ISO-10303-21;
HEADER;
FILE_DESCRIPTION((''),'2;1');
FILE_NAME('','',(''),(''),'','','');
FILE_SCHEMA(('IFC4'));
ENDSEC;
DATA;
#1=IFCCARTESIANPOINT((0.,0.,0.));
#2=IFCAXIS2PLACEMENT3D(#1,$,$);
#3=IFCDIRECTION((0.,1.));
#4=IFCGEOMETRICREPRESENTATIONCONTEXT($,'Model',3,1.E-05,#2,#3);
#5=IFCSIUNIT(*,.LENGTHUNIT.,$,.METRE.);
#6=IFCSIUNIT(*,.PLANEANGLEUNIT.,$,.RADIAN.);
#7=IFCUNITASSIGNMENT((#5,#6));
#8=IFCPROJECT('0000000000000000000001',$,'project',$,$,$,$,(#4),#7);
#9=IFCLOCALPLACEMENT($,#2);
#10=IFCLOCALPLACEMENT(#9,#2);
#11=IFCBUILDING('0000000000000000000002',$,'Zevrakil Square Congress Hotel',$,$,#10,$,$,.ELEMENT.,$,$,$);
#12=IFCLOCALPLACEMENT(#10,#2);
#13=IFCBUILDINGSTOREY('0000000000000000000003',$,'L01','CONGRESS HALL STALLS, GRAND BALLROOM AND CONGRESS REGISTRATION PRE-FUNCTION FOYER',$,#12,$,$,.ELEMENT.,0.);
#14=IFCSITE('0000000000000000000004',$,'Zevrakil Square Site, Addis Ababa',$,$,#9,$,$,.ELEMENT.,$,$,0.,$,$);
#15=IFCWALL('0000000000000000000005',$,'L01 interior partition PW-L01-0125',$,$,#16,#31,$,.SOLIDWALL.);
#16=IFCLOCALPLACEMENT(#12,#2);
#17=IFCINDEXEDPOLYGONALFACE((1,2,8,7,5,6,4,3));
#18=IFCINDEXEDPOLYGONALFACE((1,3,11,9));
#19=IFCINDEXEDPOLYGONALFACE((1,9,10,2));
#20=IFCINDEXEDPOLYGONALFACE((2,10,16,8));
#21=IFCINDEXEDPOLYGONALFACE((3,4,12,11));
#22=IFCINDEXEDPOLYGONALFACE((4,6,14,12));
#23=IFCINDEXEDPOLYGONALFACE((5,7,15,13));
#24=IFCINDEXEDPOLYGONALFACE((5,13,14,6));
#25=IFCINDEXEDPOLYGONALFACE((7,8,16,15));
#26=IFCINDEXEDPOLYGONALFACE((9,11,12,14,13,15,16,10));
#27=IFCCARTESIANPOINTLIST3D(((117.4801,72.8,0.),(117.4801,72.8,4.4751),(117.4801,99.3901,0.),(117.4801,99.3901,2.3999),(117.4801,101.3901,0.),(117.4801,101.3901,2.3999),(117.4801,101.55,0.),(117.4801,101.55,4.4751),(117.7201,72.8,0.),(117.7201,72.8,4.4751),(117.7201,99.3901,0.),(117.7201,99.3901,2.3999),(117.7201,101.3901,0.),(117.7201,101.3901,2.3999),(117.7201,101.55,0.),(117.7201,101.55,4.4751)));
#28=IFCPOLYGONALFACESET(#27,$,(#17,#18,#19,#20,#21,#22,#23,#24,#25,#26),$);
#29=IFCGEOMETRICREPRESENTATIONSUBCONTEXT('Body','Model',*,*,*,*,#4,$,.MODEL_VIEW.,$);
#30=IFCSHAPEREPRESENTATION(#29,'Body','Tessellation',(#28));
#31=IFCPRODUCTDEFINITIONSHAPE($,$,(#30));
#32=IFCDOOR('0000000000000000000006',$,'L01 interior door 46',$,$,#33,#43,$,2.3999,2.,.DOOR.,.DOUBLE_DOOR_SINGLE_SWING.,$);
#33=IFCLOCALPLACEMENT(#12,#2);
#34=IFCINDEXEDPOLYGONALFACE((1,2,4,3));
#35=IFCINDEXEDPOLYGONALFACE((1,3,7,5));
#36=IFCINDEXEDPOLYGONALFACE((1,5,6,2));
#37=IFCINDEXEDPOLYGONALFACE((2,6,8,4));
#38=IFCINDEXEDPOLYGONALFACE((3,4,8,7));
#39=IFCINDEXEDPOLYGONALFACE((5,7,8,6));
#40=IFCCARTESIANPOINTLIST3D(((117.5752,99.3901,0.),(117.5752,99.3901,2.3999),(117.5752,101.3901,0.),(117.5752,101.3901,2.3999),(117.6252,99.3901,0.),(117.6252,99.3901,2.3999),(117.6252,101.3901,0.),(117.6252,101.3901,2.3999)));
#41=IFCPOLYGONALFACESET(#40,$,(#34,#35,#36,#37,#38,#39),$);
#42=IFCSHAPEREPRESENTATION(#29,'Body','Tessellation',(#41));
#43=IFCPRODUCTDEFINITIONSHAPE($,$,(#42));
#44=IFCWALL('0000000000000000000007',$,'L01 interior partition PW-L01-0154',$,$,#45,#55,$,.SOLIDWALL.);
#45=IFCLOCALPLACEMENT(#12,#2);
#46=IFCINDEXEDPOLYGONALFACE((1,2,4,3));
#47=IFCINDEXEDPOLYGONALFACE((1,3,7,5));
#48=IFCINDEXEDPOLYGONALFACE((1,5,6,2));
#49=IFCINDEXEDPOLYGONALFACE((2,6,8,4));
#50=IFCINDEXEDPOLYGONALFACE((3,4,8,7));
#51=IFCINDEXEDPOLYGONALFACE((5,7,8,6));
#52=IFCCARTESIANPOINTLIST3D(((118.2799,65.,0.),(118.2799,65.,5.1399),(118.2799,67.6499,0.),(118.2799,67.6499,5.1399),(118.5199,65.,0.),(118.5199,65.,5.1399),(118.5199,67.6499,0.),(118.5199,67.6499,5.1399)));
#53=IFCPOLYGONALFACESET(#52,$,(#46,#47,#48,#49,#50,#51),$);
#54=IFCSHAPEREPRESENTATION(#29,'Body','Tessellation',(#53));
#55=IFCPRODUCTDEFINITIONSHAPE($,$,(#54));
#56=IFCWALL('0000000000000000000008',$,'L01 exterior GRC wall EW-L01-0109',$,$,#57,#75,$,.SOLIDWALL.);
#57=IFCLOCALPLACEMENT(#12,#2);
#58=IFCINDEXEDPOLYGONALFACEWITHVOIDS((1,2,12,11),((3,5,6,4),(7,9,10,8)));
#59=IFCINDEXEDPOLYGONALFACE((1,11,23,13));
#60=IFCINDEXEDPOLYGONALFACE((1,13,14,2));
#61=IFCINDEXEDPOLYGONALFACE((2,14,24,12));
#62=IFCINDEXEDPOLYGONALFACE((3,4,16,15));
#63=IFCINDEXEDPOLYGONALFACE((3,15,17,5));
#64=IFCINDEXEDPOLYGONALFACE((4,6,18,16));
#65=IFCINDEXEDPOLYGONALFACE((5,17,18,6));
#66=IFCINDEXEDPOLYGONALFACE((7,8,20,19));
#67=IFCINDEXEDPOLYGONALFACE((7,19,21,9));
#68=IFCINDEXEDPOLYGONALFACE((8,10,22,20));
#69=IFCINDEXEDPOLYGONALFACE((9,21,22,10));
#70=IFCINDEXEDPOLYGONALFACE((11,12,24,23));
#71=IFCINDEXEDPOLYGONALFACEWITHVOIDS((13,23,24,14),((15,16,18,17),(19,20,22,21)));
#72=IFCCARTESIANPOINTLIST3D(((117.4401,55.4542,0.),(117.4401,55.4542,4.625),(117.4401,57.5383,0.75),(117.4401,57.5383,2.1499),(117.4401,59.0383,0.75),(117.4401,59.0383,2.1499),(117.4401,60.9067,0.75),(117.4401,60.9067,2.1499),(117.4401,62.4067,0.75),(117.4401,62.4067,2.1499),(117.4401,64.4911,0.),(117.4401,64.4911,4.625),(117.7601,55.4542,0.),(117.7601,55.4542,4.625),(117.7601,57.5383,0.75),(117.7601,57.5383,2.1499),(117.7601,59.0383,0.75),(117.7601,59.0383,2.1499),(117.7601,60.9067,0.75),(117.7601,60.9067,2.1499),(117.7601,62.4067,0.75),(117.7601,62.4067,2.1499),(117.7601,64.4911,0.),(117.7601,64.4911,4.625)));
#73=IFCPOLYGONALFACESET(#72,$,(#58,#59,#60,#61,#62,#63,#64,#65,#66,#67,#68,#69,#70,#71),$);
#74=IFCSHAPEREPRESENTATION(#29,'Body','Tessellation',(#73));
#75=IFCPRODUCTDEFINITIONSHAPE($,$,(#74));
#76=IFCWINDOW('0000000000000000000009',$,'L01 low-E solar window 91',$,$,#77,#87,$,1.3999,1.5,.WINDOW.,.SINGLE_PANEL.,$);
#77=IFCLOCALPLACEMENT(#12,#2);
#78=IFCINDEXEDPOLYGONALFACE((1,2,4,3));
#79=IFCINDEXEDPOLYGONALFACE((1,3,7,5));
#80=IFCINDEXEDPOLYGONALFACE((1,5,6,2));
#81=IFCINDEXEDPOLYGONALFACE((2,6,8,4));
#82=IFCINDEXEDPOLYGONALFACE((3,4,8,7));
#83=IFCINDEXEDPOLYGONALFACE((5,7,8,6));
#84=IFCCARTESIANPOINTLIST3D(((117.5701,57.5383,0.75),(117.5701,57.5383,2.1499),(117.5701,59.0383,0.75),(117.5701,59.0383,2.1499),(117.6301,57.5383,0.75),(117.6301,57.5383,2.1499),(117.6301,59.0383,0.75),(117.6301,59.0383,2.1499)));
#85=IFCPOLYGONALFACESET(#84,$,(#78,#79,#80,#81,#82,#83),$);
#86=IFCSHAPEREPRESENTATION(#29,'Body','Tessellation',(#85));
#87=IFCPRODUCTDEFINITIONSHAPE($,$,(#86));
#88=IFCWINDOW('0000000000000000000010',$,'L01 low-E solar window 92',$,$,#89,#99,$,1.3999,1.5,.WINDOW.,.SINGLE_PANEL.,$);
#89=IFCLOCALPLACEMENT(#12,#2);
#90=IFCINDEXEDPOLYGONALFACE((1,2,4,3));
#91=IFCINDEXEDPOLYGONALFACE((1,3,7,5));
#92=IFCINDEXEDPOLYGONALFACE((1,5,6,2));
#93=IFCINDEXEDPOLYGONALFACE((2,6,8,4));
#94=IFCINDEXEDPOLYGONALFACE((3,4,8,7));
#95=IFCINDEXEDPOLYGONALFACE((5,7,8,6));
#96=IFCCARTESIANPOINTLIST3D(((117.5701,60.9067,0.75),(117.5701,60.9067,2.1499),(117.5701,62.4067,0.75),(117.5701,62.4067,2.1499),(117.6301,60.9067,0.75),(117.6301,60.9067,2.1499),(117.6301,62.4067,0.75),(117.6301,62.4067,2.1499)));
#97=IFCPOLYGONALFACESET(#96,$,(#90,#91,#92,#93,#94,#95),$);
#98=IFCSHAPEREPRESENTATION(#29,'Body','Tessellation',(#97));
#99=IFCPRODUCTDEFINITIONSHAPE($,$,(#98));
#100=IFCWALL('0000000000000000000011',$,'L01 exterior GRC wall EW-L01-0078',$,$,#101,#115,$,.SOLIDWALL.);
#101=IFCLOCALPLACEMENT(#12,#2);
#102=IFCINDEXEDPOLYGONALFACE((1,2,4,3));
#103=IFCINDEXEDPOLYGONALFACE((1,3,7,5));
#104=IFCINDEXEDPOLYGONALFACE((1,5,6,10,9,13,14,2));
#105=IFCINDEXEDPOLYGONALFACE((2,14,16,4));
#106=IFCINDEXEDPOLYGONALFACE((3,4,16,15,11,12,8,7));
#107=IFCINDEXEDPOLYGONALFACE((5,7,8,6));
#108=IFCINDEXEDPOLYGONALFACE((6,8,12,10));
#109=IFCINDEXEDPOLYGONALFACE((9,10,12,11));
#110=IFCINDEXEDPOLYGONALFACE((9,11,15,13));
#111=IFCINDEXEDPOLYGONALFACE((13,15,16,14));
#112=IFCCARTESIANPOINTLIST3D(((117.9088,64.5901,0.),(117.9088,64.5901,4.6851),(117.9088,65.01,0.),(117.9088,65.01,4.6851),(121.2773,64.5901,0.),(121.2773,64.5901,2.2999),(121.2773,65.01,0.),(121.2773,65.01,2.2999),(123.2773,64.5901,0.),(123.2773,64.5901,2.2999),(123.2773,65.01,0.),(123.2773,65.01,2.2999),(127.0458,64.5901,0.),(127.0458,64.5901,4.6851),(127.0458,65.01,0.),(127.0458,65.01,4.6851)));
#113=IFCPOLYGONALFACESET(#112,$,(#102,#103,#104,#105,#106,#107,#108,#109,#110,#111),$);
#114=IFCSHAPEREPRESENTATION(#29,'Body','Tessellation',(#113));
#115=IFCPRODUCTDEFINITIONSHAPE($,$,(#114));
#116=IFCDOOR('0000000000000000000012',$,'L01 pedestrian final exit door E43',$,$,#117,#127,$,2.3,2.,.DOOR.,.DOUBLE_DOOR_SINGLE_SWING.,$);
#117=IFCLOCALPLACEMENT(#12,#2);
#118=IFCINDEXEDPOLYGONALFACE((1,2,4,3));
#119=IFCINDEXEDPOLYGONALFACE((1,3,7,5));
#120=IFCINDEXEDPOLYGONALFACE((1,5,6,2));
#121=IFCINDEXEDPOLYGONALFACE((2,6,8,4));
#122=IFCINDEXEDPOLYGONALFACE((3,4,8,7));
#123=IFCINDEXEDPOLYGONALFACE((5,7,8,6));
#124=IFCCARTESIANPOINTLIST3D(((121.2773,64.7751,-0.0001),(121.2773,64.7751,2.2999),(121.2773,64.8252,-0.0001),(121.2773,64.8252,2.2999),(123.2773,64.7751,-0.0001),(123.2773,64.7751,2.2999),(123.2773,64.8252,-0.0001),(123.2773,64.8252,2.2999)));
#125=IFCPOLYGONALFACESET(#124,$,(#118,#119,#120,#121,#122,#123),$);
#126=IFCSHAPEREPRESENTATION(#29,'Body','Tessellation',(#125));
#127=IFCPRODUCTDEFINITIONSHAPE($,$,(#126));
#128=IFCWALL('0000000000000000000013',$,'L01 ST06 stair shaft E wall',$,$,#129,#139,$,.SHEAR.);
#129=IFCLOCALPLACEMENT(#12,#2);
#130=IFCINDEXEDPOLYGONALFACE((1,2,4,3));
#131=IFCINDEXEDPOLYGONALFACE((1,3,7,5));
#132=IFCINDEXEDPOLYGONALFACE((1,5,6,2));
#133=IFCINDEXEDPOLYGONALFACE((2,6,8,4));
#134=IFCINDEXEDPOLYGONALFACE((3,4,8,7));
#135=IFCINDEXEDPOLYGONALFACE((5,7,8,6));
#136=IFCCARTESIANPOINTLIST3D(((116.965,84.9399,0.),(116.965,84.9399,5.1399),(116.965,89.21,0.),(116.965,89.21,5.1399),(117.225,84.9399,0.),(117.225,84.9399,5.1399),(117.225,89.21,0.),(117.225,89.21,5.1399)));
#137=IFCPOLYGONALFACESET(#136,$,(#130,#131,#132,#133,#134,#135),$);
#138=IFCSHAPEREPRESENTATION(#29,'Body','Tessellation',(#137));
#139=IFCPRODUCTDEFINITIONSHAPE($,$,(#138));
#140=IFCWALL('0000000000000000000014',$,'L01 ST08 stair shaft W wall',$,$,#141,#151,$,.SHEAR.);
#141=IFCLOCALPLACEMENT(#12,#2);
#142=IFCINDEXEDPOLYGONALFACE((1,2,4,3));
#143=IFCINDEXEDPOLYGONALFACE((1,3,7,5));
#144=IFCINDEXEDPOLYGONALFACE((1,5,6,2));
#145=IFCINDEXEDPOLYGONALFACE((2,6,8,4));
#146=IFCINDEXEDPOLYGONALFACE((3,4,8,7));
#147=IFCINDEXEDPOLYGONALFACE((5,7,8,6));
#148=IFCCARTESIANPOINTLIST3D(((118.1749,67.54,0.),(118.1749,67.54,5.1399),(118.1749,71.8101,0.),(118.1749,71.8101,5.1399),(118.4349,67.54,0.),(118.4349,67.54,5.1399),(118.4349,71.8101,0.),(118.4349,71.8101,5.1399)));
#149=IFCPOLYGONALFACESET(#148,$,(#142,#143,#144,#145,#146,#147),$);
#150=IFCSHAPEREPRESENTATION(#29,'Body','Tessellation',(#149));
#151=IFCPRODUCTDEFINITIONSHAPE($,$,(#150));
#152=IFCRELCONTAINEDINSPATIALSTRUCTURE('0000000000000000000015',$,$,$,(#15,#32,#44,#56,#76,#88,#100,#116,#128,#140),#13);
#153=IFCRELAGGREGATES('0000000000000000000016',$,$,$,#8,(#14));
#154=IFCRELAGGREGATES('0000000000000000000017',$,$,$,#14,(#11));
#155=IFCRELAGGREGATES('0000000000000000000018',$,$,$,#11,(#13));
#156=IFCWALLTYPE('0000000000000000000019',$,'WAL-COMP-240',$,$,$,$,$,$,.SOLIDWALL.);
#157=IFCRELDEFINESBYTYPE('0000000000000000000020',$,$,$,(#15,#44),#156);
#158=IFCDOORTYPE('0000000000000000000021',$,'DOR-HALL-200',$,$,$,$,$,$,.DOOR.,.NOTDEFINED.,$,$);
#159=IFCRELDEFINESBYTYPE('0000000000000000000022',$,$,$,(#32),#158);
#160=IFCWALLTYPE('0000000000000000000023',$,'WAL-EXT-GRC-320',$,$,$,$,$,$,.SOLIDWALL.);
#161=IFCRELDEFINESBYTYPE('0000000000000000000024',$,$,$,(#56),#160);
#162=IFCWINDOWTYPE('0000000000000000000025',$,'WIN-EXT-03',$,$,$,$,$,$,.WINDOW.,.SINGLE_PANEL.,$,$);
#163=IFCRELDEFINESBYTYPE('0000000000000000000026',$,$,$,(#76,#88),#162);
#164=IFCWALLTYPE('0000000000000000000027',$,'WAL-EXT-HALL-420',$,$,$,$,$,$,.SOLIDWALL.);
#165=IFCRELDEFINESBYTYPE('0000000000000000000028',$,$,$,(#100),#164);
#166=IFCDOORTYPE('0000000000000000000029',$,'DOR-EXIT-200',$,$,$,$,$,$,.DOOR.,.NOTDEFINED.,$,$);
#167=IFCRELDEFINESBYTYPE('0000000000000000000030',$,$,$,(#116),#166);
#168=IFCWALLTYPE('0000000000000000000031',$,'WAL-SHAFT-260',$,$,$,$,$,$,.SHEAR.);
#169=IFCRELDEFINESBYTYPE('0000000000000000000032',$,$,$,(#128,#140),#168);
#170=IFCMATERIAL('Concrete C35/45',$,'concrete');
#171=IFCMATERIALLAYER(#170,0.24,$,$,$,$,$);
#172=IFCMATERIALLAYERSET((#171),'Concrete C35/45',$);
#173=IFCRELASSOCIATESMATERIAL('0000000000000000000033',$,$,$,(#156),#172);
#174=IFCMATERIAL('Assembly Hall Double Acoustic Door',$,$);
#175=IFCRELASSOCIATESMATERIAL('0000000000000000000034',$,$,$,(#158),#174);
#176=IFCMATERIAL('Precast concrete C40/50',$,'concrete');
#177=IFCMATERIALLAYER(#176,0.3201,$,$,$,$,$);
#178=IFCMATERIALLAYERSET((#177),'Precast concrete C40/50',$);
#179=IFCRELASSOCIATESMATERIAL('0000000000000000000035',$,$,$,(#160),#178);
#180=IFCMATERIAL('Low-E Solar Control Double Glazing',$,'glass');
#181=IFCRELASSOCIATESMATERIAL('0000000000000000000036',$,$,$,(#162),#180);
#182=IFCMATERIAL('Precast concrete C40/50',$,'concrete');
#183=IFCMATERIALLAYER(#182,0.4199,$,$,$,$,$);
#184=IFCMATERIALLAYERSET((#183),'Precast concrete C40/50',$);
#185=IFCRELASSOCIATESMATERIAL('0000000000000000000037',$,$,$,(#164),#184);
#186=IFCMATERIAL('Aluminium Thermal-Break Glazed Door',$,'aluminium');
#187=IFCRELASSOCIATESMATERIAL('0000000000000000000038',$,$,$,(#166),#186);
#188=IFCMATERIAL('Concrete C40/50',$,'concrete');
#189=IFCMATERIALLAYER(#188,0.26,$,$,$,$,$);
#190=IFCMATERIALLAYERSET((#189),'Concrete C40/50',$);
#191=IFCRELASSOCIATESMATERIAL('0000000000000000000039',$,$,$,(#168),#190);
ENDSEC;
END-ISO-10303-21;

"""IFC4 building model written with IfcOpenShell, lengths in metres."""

from ifc_helpers import new_model, si_unit, direction, frame, frame_2d, origin, place, context, subcontext, project, spatial, rectangle, extrude, material, layer, layer_set, type_object, element, fill, save


model = new_model("IFC4")

# Units and contexts
model_context = context("Model", 3, precision=1e-05, world=origin(), true_north=direction((0.0, 1.0)))
body_context = subcontext(model_context, "Body", "Model", "MODEL_VIEW")
ifc_project = project(units=[si_unit("LENGTHUNIT", "METRE"), si_unit("PLANEANGLEUNIT", "RADIAN")], contexts=[model_context])

# Site, building, storey
site_placement = place(None, origin())
site = spatial("IfcSite", under=ifc_project, at=site_placement, Name="Zevrakil Square Site, Addis Ababa", CompositionType="ELEMENT", RefElevation=0.0)
building_placement = place(site_placement, origin())
building = spatial("IfcBuilding", under=site, at=building_placement, Name="Zevrakil Square Congress Hotel", CompositionType="ELEMENT")
storey_placement = place(building_placement, origin())
storey = spatial("IfcBuildingStorey", under=building, at=storey_placement, Name="L01", Description="CONGRESS HALL STALLS, GRAND BALLROOM AND CONGRESS REGISTRATION PRE-FUNCTION FOYER", CompositionType="ELEMENT", Elevation=0.0)

# Wall, opening, door
ifc_material_1 = material(Name="Concrete C35/45", Category="concrete")
ifc_layer_1 = layer(ifc_material_1, 0.24)
ifc_layer_set_1 = layer_set([ifc_layer_1], Name="Concrete C35/45")
wall_type_1 = type_object("IfcWallType", Name="WAL-COMP-240", PredefinedType="SOLIDWALL", material=ifc_layer_set_1)
wall_1_placement = place(storey_placement, frame((117.6001, 72.8, 0.0), z_axis=(0.0, 0.0, 1.0), x_axis=(0.0, 1.0, 0.0)))
wall_1 = element("IfcWall", 1, at=wall_1_placement, inside=storey, type_object=wall_type_1, Name="L01 interior partition PW-L01-0125", PredefinedType="SOLIDWALL", context=body_context, shape_type="SweptSolid", body=[
    extrude(rectangle(XDim=28.75, YDim=0.24, at=frame_2d((14.375, 0.0))), origin(), (0.0, 0.0, 1.0), 4.4751),
])
opening_1_placement = place(wall_1_placement, frame((26.5901, 0.0, 0.0)))
opening_1 = element("IfcOpeningElement", 2, at=opening_1_placement, cuts=wall_1, PredefinedType="OPENING", context=body_context, shape_type="SweptSolid", body=[
    extrude(rectangle(XDim=2.0, YDim=2.3999, at=frame_2d((1.0, 1.2))), frame((0.0, 0.1299, 0.0), z_axis=(0.0, -1.0, 0.0), x_axis=(1.0, 0.0, 0.0)), (0.0, 0.0, 1.0), 0.26),
])
ifc_material_2 = material(Name="Assembly Hall Double Acoustic Door")
door_type_1 = type_object("IfcDoorType", Name="DOR-HALL-200", OperationType="NOTDEFINED", PredefinedType="DOOR", material=ifc_material_2)
door_1_placement = place(opening_1_placement, origin())
door_1 = element("IfcDoor", 3, at=door_1_placement, inside=storey, type_object=door_type_1, Name="L01 interior door 46", OperationType="DOUBLE_DOOR_SINGLE_SWING", OverallHeight=2.3999, OverallWidth=2.0, PredefinedType="DOOR", context=body_context, shape_type="SweptSolid", body=[
    extrude(rectangle(XDim=2.0, YDim=2.3999, at=frame_2d((1.0, 1.2))), frame((0.0, 0.0249, 0.0), z_axis=(0.0, -1.0, 0.0), x_axis=(1.0, 0.0, 0.0)), (0.0, 0.0, 1.0), 0.05),
])
fill(opening_1, door_1)

# Wall
wall_2_placement = place(storey_placement, frame((118.3999, 65.0, 0.0), z_axis=(0.0, 0.0, 1.0), x_axis=(0.0, 1.0, 0.0)))
element("IfcWall", 4, at=wall_2_placement, inside=storey, type_object=wall_type_1, Name="L01 interior partition PW-L01-0154", PredefinedType="SOLIDWALL", context=body_context, shape_type="SweptSolid", body=[
    extrude(rectangle(XDim=2.6499, YDim=0.24, at=frame_2d((1.325, 0.0))), origin(), (0.0, 0.0, 1.0), 5.1399),
])

# Wall, openings, windows
ifc_material_3 = material(Name="Precast concrete C40/50", Category="concrete")
ifc_layer_2 = layer(ifc_material_3, 0.3201)
ifc_layer_set_2 = layer_set([ifc_layer_2], Name="Precast concrete C40/50")
wall_type_2 = type_object("IfcWallType", Name="WAL-EXT-GRC-320", PredefinedType="SOLIDWALL", material=ifc_layer_set_2)
wall_3_placement = place(storey_placement, frame((117.6001, 55.4541, 0.0), z_axis=(0.0, 0.0, 1.0), x_axis=(0.0, 1.0, 0.0)))
wall_3 = element("IfcWall", 5, at=wall_3_placement, inside=storey, type_object=wall_type_2, Name="L01 exterior GRC wall EW-L01-0109", PredefinedType="SOLIDWALL", context=body_context, shape_type="SweptSolid", body=[
    extrude(rectangle(XDim=9.0369, YDim=0.3201, at=frame_2d((4.5186, 0.0))), origin(), (0.0, 0.0, 1.0), 4.625),
])
opening_2_placement = place(wall_3_placement, frame((2.0842, 0.0, 0.75)))
opening_2 = element("IfcOpeningElement", 6, at=opening_2_placement, cuts=wall_3, PredefinedType="OPENING", context=body_context, shape_type="SweptSolid", body=[
    extrude(rectangle(XDim=1.5, YDim=1.3999, at=frame_2d((0.75, 0.7))), frame((0.0, 0.1699, 0.0), z_axis=(0.0, -1.0, 0.0), x_axis=(1.0, 0.0, 0.0)), (0.0, 0.0, 1.0), 0.3401),
])
opening_3_placement = place(wall_3_placement, frame((5.4526, 0.0, 0.75)))
opening_3 = element("IfcOpeningElement", 7, at=opening_3_placement, cuts=wall_3, PredefinedType="OPENING", context=body_context, shape_type="SweptSolid", body=[
    extrude(rectangle(XDim=1.5, YDim=1.3999, at=frame_2d((0.75, 0.7))), frame((0.0, 0.1699, 0.0), z_axis=(0.0, -1.0, 0.0), x_axis=(1.0, 0.0, 0.0)), (0.0, 0.0, 1.0), 0.3401),
])
ifc_material_4 = material(Name="Low-E Solar Control Double Glazing", Category="glass")
window_type = type_object("IfcWindowType", Name="WIN-EXT-03", PartitioningType="SINGLE_PANEL", PredefinedType="WINDOW", material=ifc_material_4)
window_1_placement = place(opening_2_placement, origin())
window_1 = element("IfcWindow", 8, at=window_1_placement, inside=storey, type_object=window_type, Name="L01 low-E solar window 91", OverallHeight=1.3999, OverallWidth=1.5, PartitioningType="SINGLE_PANEL", PredefinedType="WINDOW", context=body_context, shape_type="SweptSolid", body=[
    extrude(rectangle(XDim=1.5, YDim=1.3999, at=frame_2d((0.75, 0.7))), frame((0.0, 0.03, 0.0), z_axis=(0.0, -1.0, 0.0), x_axis=(1.0, 0.0, 0.0)), (0.0, 0.0, 1.0), 0.0601),
])
fill(opening_2, window_1)
window_2_placement = place(opening_3_placement, origin())
window_2 = element("IfcWindow", 9, at=window_2_placement, inside=storey, type_object=window_type, Name="L01 low-E solar window 92", OverallHeight=1.3999, OverallWidth=1.5, PartitioningType="SINGLE_PANEL", PredefinedType="WINDOW", context=body_context, shape_type="SweptSolid", body=[
    extrude(rectangle(XDim=1.5, YDim=1.3999, at=frame_2d((0.75, 0.7))), frame((0.0, 0.03, 0.0), z_axis=(0.0, -1.0, 0.0), x_axis=(1.0, 0.0, 0.0)), (0.0, 0.0, 1.0), 0.0601),
])
fill(opening_3, window_2)

# Wall, opening, door
ifc_material_5 = material(Name="Precast concrete C40/50", Category="concrete")
ifc_layer_3 = layer(ifc_material_5, 0.4199)
ifc_layer_set_3 = layer_set([ifc_layer_3], Name="Precast concrete C40/50")
wall_type_3 = type_object("IfcWallType", Name="WAL-EXT-HALL-420", PredefinedType="SOLIDWALL", material=ifc_layer_set_3)
wall_4_placement = place(storey_placement, frame((117.9089, 64.8, 0.0), z_axis=(0.0, 0.0, 1.0), x_axis=(1.0, 0.0, 0.0)))
wall_4 = element("IfcWall", 10, at=wall_4_placement, inside=storey, type_object=wall_type_3, Name="L01 exterior GRC wall EW-L01-0078", PredefinedType="SOLIDWALL", context=body_context, shape_type="SweptSolid", body=[
    extrude(rectangle(XDim=9.137, YDim=0.4199, at=frame_2d((4.5684, 0.0))), origin(), (0.0, 0.0, 1.0), 4.6851),
])
opening_4_placement = place(wall_4_placement, frame((3.3684, 0.0, 0.0)))
opening_4 = element("IfcOpeningElement", 11, at=opening_4_placement, cuts=wall_4, PredefinedType="OPENING", context=body_context, shape_type="SweptSolid", body=[
    extrude(rectangle(XDim=2.0, YDim=2.3, at=frame_2d((1.0, 1.1499))), frame((0.0, 0.22, 0.0), z_axis=(0.0, -1.0, 0.0), x_axis=(1.0, 0.0, 0.0)), (0.0, 0.0, 1.0), 0.4399),
])
ifc_material_6 = material(Name="Aluminium Thermal-Break Glazed Door", Category="aluminium")
door_type_2 = type_object("IfcDoorType", Name="DOR-EXIT-200", OperationType="NOTDEFINED", PredefinedType="DOOR", material=ifc_material_6)
door_2_placement = place(opening_4_placement, frame((2.0, 0.0, 0.0), z_axis=(0.0, 0.0, 1.0), x_axis=(-1.0, 0.0, 0.0)))
door_2 = element("IfcDoor", 12, at=door_2_placement, inside=storey, type_object=door_type_2, Name="L01 pedestrian final exit door E43", OperationType="DOUBLE_DOOR_SINGLE_SWING", OverallHeight=2.3, OverallWidth=2.0, PredefinedType="DOOR", context=body_context, shape_type="SweptSolid", body=[
    extrude(rectangle(XDim=2.0, YDim=2.3, at=frame_2d((1.0, 1.1499))), frame((0.0, 0.0249, 0.0), z_axis=(0.0, -1.0, 0.0), x_axis=(1.0, 0.0, 0.0)), (0.0, 0.0, 1.0), 0.05),
])
fill(opening_4, door_2)

# Walls
ifc_material_7 = material(Name="Concrete C40/50", Category="concrete")
ifc_layer_4 = layer(ifc_material_7, 0.26)
ifc_layer_set_4 = layer_set([ifc_layer_4], Name="Concrete C40/50")
wall_type_4 = type_object("IfcWallType", Name="WAL-SHAFT-260", PredefinedType="SHEAR", material=ifc_layer_set_4)
for number, where, z_axis, x_axis, name in (
    (13, (117.095, 84.9399, 0.0), (0.0, 0.0, 1.0), (0.0, 1.0, 0.0), "L01 ST06 stair shaft E wall"),
    (14, (118.3049, 67.54, 0.0), (0.0, 0.0, 1.0), (0.0, 1.0, 0.0), "L01 ST08 stair shaft W wall"),
):
    element("IfcWall", number, at=place(storey_placement, frame(where, z_axis=z_axis, x_axis=x_axis)), inside=storey, type_object=wall_type_4, Name=name, PredefinedType="SHEAR", context=body_context, shape_type="SweptSolid", body=[
        extrude(rectangle(XDim=4.27, YDim=0.26, at=frame_2d((2.135, 0.0))), origin(), (0.0, 0.0, 1.0), 5.1399),
    ])

save(model, "model.ifc")
